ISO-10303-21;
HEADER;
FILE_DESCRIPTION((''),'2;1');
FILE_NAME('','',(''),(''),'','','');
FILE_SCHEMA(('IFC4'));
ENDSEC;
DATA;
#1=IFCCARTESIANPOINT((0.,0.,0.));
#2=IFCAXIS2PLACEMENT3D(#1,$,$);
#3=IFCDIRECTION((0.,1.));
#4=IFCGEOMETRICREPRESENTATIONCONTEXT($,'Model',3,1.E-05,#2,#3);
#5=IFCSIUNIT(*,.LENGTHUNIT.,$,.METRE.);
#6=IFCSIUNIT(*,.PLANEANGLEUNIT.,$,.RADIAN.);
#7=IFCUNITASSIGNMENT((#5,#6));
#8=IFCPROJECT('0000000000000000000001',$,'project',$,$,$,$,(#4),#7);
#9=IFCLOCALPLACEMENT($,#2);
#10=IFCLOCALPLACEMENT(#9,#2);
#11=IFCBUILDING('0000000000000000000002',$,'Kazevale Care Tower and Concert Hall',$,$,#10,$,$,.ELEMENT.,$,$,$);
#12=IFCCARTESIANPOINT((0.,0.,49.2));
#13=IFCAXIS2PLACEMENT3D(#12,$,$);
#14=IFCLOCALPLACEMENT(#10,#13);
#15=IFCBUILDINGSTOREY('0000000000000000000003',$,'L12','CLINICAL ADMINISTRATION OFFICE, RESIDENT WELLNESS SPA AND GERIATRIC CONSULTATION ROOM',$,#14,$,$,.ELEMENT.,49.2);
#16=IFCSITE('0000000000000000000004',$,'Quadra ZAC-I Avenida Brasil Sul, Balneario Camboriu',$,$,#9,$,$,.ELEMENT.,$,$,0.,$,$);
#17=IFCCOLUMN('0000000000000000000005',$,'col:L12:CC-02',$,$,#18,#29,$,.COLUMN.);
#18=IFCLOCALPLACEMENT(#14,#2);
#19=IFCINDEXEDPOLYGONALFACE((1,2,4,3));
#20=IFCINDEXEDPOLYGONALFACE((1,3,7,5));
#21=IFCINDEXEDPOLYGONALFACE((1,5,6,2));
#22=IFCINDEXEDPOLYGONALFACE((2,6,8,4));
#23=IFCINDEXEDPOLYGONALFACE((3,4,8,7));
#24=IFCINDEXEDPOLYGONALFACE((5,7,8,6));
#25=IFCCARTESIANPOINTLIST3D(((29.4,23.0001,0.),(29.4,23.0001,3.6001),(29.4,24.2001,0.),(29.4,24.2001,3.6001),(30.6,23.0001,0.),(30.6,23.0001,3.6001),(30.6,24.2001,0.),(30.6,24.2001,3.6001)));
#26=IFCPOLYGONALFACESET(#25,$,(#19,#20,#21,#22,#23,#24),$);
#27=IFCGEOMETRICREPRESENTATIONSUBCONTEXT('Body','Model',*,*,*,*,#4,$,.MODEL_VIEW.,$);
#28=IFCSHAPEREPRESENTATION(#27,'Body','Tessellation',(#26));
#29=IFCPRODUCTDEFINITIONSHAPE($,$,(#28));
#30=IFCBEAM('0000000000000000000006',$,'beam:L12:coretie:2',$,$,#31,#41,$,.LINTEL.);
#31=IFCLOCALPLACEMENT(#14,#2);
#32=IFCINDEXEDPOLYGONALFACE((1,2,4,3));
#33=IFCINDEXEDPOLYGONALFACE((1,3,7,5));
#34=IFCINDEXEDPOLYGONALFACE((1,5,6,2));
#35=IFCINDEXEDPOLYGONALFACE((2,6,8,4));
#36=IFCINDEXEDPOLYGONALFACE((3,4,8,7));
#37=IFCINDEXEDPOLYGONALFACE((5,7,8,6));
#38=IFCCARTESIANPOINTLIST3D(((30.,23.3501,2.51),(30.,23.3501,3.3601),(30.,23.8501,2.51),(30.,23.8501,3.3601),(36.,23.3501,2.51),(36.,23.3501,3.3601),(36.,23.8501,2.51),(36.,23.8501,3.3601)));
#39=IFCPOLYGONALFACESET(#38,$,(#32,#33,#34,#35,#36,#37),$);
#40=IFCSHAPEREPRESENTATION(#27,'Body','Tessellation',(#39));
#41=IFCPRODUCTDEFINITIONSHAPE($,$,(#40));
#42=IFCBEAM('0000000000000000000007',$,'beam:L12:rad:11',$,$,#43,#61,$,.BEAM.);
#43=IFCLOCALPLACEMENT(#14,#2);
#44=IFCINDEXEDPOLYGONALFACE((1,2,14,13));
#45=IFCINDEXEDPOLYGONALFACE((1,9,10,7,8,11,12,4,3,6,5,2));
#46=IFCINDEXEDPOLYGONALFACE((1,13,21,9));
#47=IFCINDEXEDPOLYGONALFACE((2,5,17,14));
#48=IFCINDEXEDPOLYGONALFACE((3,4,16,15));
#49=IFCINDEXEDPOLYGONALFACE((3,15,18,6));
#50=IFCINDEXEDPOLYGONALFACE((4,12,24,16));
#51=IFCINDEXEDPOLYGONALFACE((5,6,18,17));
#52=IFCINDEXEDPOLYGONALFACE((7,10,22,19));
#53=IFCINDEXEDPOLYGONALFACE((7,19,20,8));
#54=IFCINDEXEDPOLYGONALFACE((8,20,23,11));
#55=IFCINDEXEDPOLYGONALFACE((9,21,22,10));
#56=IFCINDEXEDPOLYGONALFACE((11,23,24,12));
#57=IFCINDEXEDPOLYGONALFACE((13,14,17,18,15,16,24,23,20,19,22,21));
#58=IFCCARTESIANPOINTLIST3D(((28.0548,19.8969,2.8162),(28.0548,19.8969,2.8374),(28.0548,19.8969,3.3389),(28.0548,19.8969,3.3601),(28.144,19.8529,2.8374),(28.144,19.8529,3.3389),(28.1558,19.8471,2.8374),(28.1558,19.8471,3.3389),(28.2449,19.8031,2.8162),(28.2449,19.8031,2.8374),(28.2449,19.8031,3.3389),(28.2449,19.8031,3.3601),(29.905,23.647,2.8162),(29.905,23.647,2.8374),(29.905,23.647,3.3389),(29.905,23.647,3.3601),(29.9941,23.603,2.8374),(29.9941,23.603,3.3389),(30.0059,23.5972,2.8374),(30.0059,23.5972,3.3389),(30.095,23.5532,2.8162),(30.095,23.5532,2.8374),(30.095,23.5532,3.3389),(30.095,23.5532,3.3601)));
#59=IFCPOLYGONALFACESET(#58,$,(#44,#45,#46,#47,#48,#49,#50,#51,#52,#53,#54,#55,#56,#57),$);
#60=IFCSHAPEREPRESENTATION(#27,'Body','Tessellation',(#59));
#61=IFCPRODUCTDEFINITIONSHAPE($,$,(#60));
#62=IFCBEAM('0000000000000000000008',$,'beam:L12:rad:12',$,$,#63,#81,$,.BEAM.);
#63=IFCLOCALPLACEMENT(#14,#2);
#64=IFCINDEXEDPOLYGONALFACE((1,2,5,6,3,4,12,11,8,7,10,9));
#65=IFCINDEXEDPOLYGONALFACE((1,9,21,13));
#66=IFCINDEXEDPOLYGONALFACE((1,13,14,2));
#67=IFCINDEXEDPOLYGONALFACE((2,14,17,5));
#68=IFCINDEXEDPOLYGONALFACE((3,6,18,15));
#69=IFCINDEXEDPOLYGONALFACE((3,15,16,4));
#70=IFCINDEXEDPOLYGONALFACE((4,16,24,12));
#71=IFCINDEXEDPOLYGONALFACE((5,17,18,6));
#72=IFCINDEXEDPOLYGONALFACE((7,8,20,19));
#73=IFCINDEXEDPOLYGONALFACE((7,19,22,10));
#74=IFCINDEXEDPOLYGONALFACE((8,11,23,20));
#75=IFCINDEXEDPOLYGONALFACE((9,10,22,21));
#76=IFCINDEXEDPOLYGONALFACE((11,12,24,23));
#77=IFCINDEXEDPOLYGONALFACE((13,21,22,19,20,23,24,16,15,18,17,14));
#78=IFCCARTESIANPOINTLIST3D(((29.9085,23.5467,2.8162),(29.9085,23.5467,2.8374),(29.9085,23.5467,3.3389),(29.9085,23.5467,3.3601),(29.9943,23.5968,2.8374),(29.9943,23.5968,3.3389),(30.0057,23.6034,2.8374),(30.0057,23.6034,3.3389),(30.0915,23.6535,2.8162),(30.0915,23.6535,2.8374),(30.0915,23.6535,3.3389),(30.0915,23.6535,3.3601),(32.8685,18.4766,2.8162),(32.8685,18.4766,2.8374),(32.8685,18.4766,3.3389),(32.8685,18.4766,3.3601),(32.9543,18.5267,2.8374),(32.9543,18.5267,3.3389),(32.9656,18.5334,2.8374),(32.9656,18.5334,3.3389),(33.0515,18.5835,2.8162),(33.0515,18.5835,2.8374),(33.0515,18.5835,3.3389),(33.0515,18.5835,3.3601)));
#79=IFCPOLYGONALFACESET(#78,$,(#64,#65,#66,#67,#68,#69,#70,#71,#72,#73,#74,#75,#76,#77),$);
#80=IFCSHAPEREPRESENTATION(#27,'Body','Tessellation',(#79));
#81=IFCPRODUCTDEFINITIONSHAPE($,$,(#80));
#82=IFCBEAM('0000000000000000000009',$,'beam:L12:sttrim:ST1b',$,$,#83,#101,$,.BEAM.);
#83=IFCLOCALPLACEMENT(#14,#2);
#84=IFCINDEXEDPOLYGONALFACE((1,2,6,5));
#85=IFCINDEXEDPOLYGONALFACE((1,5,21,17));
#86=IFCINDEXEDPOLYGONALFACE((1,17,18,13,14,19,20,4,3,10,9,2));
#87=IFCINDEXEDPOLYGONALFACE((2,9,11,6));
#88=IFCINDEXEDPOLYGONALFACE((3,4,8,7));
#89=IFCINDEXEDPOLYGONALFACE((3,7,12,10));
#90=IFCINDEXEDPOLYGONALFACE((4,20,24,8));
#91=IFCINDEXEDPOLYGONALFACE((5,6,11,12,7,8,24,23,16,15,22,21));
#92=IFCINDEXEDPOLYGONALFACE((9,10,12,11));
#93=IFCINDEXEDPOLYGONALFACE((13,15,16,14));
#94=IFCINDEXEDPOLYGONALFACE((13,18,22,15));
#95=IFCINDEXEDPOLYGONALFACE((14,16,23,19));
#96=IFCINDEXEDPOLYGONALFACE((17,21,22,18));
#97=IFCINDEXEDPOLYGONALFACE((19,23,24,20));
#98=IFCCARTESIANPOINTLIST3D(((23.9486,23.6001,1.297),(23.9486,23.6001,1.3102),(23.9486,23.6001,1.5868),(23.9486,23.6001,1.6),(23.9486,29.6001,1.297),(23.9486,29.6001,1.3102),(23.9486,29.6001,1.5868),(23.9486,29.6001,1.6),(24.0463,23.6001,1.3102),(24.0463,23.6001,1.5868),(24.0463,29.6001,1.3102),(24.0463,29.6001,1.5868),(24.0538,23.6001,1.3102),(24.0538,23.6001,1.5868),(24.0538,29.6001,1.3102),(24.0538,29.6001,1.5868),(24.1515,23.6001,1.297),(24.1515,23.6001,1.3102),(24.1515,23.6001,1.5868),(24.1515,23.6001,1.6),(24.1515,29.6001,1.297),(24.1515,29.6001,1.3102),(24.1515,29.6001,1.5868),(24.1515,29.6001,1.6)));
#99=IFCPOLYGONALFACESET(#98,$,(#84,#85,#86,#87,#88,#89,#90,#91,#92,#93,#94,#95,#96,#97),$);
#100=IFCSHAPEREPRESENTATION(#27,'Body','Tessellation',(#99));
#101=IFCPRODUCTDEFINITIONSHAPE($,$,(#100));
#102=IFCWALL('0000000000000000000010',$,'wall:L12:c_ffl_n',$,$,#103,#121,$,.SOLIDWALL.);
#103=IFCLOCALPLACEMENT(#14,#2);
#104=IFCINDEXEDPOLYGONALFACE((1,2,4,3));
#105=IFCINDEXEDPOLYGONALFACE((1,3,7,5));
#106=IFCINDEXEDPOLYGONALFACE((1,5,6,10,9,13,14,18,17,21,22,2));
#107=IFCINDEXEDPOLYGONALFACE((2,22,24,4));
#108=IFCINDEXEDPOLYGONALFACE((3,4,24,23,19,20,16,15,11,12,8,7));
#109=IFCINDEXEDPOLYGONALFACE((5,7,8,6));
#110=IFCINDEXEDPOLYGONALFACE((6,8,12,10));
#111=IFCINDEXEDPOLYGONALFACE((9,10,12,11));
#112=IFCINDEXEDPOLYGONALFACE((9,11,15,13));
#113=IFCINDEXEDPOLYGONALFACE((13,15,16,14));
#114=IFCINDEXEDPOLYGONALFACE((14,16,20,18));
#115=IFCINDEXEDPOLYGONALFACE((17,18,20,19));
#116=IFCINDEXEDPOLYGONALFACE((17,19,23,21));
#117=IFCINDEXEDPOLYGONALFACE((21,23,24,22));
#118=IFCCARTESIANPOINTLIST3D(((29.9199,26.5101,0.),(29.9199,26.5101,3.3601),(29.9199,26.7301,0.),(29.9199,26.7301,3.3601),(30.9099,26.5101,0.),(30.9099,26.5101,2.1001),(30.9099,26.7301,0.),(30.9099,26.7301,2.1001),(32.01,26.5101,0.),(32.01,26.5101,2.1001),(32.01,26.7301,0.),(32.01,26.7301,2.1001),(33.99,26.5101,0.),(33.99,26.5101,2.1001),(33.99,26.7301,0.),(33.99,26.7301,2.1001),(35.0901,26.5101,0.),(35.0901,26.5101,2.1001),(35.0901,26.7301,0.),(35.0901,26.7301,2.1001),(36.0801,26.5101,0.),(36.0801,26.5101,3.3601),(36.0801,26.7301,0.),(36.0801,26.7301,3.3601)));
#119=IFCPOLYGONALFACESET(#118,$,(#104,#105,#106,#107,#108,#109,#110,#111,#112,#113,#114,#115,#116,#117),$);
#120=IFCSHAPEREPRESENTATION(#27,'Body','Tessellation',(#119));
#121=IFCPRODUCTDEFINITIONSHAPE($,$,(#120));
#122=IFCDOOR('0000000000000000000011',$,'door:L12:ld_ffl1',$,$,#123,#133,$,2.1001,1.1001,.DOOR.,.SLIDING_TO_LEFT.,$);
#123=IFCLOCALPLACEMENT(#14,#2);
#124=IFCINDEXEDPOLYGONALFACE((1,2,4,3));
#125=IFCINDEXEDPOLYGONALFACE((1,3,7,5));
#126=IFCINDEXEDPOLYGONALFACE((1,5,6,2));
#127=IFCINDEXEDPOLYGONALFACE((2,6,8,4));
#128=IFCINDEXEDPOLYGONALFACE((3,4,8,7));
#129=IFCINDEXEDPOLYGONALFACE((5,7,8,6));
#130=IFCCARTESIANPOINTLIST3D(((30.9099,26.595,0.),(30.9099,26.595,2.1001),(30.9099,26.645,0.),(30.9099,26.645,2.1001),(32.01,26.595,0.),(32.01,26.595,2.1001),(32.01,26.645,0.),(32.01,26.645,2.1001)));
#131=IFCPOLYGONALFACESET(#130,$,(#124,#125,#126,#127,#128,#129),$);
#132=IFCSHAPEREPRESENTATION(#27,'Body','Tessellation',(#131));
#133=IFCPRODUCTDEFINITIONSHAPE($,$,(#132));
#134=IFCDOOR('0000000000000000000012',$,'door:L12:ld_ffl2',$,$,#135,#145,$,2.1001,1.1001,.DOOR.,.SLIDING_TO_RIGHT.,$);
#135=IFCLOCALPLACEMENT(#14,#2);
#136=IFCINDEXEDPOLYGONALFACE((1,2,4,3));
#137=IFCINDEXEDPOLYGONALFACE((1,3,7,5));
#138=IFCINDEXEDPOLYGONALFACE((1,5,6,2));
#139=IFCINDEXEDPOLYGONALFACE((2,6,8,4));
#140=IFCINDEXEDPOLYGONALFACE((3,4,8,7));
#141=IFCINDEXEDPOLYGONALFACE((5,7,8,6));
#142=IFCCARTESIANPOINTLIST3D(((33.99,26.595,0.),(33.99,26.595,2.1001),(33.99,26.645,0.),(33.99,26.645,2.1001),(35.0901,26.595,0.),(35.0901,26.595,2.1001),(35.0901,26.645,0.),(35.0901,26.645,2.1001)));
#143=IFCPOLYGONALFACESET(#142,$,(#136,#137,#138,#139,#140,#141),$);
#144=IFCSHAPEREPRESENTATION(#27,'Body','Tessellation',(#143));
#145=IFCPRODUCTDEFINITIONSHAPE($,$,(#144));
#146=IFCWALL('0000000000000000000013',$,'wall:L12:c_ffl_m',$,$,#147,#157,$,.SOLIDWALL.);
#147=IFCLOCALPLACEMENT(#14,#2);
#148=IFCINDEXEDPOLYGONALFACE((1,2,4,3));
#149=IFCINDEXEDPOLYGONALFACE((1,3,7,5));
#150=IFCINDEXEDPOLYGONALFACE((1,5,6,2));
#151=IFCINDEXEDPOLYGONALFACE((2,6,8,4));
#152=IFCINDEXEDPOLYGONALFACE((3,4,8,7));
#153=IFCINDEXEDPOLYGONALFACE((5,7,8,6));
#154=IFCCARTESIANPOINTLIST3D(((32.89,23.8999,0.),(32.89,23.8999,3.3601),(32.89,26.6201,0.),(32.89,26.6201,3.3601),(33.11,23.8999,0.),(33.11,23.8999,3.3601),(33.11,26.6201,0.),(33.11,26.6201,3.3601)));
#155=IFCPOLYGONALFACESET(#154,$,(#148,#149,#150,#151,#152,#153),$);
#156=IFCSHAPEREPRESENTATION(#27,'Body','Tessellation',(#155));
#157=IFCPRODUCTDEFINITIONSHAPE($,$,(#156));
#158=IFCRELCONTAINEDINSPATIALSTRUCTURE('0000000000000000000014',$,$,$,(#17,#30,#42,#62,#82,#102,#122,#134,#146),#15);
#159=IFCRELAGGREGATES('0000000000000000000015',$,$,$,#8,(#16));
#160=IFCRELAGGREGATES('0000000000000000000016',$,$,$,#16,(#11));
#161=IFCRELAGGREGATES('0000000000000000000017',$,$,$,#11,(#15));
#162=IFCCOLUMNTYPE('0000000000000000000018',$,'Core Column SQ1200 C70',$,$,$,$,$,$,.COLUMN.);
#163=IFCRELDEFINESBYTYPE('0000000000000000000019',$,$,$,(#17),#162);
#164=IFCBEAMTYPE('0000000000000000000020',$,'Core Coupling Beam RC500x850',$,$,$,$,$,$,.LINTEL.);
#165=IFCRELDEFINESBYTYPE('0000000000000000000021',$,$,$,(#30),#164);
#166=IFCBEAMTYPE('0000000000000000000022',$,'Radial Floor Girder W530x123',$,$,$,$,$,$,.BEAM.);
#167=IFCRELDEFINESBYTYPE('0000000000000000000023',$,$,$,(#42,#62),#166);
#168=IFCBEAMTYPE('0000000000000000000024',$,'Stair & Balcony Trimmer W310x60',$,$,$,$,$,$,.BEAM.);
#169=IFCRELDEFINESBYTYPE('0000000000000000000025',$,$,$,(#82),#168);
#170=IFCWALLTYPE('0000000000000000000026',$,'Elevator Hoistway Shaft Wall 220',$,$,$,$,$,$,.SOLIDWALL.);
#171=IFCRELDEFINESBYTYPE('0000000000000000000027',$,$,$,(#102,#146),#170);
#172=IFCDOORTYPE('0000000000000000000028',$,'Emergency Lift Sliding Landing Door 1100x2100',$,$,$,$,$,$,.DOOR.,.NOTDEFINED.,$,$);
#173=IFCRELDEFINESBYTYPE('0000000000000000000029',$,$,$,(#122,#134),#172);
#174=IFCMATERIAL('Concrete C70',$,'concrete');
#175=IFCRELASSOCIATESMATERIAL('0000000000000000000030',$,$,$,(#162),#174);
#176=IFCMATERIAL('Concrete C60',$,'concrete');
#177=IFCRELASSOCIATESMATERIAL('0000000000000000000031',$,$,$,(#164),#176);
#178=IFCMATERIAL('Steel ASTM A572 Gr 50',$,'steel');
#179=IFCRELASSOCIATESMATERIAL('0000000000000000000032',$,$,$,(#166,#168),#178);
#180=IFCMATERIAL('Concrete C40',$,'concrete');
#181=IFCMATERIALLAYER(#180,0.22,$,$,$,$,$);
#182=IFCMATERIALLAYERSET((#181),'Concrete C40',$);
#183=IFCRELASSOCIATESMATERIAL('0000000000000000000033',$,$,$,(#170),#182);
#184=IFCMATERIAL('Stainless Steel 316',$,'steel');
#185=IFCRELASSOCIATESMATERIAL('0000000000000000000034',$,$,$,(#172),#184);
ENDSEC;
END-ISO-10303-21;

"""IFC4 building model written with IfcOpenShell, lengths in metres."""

from ifc_helpers import new_model, si_unit, direction, frame, frame_2d, origin, origin_2d, place, context, subcontext, project, spatial, rectangle, i_section, extrude, material, layer, layer_set, material_profile, profile_set, type_object, element, fill, save


model = new_model("IFC4")

# Units and contexts
model_context = context("Model", 3, precision=1e-05, world=origin(), true_north=direction((0.0, 1.0)))
body_context = subcontext(model_context, "Body", "Model", "MODEL_VIEW")
ifc_project = project(units=[si_unit("LENGTHUNIT", "METRE"), si_unit("PLANEANGLEUNIT", "RADIAN")], contexts=[model_context])

# Site, building, storey
site_placement = place(None, origin())
site = spatial("IfcSite", under=ifc_project, at=site_placement, Name="Quadra ZAC-I Avenida Brasil Sul, Balneario Camboriu", CompositionType="ELEMENT", RefElevation=0.0)
building_placement = place(site_placement, origin())
building = spatial("IfcBuilding", under=site, at=building_placement, Name="Kazevale Care Tower and Concert Hall", CompositionType="ELEMENT")
storey_placement = place(building_placement, frame((0.0, 0.0, 49.2)))
storey = spatial("IfcBuildingStorey", under=building, at=storey_placement, Name="L12", Description="CLINICAL ADMINISTRATION OFFICE, RESIDENT WELLNESS SPA AND GERIATRIC CONSULTATION ROOM", CompositionType="ELEMENT", Elevation=49.2)

# Column
ifc_material_1 = material(Name="Concrete C70", Category="concrete")
ifc_material_profile_1 = material_profile(ifc_material_1, rectangle(XDim=1.2, YDim=1.2, at=origin_2d()), Name="RC-SQ1200")
ifc_profile_set_1 = profile_set([ifc_material_profile_1], Name="Concrete C70")
column_type = type_object("IfcColumnType", Name="Core Column SQ1200 C70", PredefinedType="COLUMN", material=ifc_profile_set_1)
column_placement = place(storey_placement, frame((30.0, 23.6001, 0.0), z_axis=(0.0, 0.0, 1.0), x_axis=(1.0, 0.0, 0.0)))
element("IfcColumn", 1, at=column_placement, inside=storey, type_object=column_type, Name="col:L12:CC-02", PredefinedType="COLUMN", context=body_context, shape_type="SweptSolid", body=[
    extrude(rectangle(XDim=1.2, YDim=1.2, at=origin_2d()), origin(), (0.0, 0.0, 1.0), 3.6001),
])

# Beams
ifc_material_2 = material(Name="Concrete C60", Category="concrete")
ifc_material_profile_2 = material_profile(ifc_material_2, rectangle(XDim=0.5, YDim=0.8501, at=origin_2d()), Name="RC-B500x850")
ifc_profile_set_2 = profile_set([ifc_material_profile_2], Name="Concrete C60")
beam_type_1 = type_object("IfcBeamType", Name="Core Coupling Beam RC500x850", PredefinedType="LINTEL", material=ifc_profile_set_2)
beam_1_placement = place(storey_placement, frame((30.0, 23.6001, 2.9351), z_axis=(1.0, 0.0, 0.0), x_axis=(0.0, 1.0, 0.0)))
element("IfcBeam", 2, at=beam_1_placement, inside=storey, type_object=beam_type_1, Name="beam:L12:coretie:2", PredefinedType="LINTEL", context=body_context, shape_type="SweptSolid", body=[
    extrude(rectangle(XDim=0.5, YDim=0.8501, at=origin_2d()), origin(), (0.0, 0.0, 1.0), 6.0),
])
ifc_material_3 = material(Name="Steel ASTM A572 Gr 50", Category="steel")
ifc_material_profile_3 = material_profile(ifc_material_3, i_section(OverallWidth=0.2119, OverallDepth=0.5439, WebThickness=0.0132, FlangeThickness=0.0212, at=origin_2d()), Name="W530x123")
ifc_profile_set_3 = profile_set([ifc_material_profile_3], Name="Steel ASTM A572 Gr 50")
beam_type_2 = type_object("IfcBeamType", Name="Radial Floor Girder W530x123", PredefinedType="BEAM", material=ifc_profile_set_3)
beam_2_placement = place(storey_placement, frame((30.0, 23.6001, 3.0881), z_axis=(-0.442443, -0.896797, 0.0), x_axis=(0.896797, -0.442443, 0.0)))
element("IfcBeam", 3, at=beam_2_placement, inside=storey, type_object=beam_type_2, Name="beam:L12:rad:11", PredefinedType="BEAM", context=body_context, shape_type="SweptSolid", body=[
    extrude(i_section(OverallWidth=0.2119, OverallDepth=0.5439, WebThickness=0.0132, FlangeThickness=0.0212, at=origin_2d()), origin(), (0.0, 0.0, 1.0), 4.1816),
])
beam_3_placement = place(storey_placement, frame((30.0, 23.6001, 3.0881), z_axis=(0.504179, -0.863599, 0.0), x_axis=(0.863599, 0.504179, 0.0)))
element("IfcBeam", 4, at=beam_3_placement, inside=storey, type_object=beam_type_2, Name="beam:L12:rad:12", PredefinedType="BEAM", context=body_context, shape_type="SweptSolid", body=[
    extrude(i_section(OverallWidth=0.2119, OverallDepth=0.5439, WebThickness=0.0132, FlangeThickness=0.0212, at=origin_2d()), origin(), (0.0, 0.0, 1.0), 5.8708),
])
ifc_material_profile_4 = material_profile(ifc_material_3, i_section(OverallWidth=0.2029, OverallDepth=0.303, WebThickness=0.0076, FlangeThickness=0.0132, at=origin_2d()), Name="W310x60")
ifc_profile_set_4 = profile_set([ifc_material_profile_4], Name="Steel ASTM A572 Gr 50")
beam_type_3 = type_object("IfcBeamType", Name="Stair & Balcony Trimmer W310x60", PredefinedType="BEAM", material=ifc_profile_set_4)
beam_4_placement = place(storey_placement, frame((24.05, 23.6001, 1.4485), z_axis=(0.0, 1.0, 0.0), x_axis=(-1.0, 0.0, 0.0)))
element("IfcBeam", 5, at=beam_4_placement, inside=storey, type_object=beam_type_3, Name="beam:L12:sttrim:ST1b", PredefinedType="BEAM", context=body_context, shape_type="SweptSolid", body=[
    extrude(i_section(OverallWidth=0.2029, OverallDepth=0.303, WebThickness=0.0076, FlangeThickness=0.0132, at=origin_2d()), origin(), (0.0, 0.0, 1.0), 6.0),
])

# Wall, openings, doors
ifc_material_4 = material(Name="Concrete C40", Category="concrete")
ifc_layer_1 = layer(ifc_material_4, 0.22)
ifc_layer_set_1 = layer_set([ifc_layer_1], Name="Concrete C40")
wall_type_1 = type_object("IfcWallType", Name="Elevator Hoistway Shaft Wall 220", PredefinedType="SOLIDWALL", material=ifc_layer_set_1)
wall_1_placement = place(storey_placement, frame((29.9199, 26.6201, 0.0), z_axis=(0.0, 0.0, 1.0), x_axis=(1.0, 0.0, 0.0)))
wall_1 = element("IfcWall", 6, at=wall_1_placement, inside=storey, type_object=wall_type_1, Name="wall:L12:c_ffl_n", PredefinedType="SOLIDWALL", context=body_context, shape_type="SweptSolid", body=[
    extrude(rectangle(XDim=6.1602, YDim=0.22, at=frame_2d((3.0801, 0.0))), origin(), (0.0, 0.0, 1.0), 3.3601),
])
opening_1_placement = place(wall_1_placement, frame((0.99, 0.0, 0.0)))
opening_1 = element("IfcOpeningElement", 7, at=opening_1_placement, cuts=wall_1, PredefinedType="OPENING", context=body_context, shape_type="SweptSolid", body=[
    extrude(rectangle(XDim=1.1001, YDim=2.1001, at=frame_2d((0.55, 1.05))), frame((0.0, 0.1199, 0.0), z_axis=(0.0, -1.0, 0.0), x_axis=(1.0, 0.0, 0.0)), (0.0, 0.0, 1.0), 0.24),
])
opening_2_placement = place(wall_1_placement, frame((4.0701, 0.0, 0.0)))
opening_2 = element("IfcOpeningElement", 8, at=opening_2_placement, cuts=wall_1, PredefinedType="OPENING", context=body_context, shape_type="SweptSolid", body=[
    extrude(rectangle(XDim=1.1001, YDim=2.1001, at=frame_2d((0.55, 1.05))), frame((0.0, 0.1199, 0.0), z_axis=(0.0, -1.0, 0.0), x_axis=(1.0, 0.0, 0.0)), (0.0, 0.0, 1.0), 0.24),
])
ifc_material_5 = material(Name="Stainless Steel 316", Category="steel")
door_type_1 = type_object("IfcDoorType", Name="Emergency Lift Sliding Landing Door 1100x2100", OperationType="NOTDEFINED", PredefinedType="DOOR", material=ifc_material_5)
door_1_placement = place(opening_1_placement, origin())
door_1 = element("IfcDoor", 9, at=door_1_placement, inside=storey, type_object=door_type_1, Name="door:L12:ld_ffl1", OperationType="SLIDING_TO_LEFT", OverallHeight=2.1001, OverallWidth=1.1001, PredefinedType="DOOR", context=body_context, shape_type="SweptSolid", body=[
    extrude(rectangle(XDim=1.1001, YDim=2.1001, at=frame_2d((0.55, 1.05))), frame((0.0, 0.0249, 0.0), z_axis=(0.0, -1.0, 0.0), x_axis=(1.0, 0.0, 0.0)), (0.0, 0.0, 1.0), 0.05),
])
fill(opening_1, door_1)
door_2_placement = place(opening_2_placement, origin())
door_2 = element("IfcDoor", 10, at=door_2_placement, inside=storey, type_object=door_type_1, Name="door:L12:ld_ffl2", OperationType="SLIDING_TO_RIGHT", OverallHeight=2.1001, OverallWidth=1.1001, PredefinedType="DOOR", context=body_context, shape_type="SweptSolid", body=[
    extrude(rectangle(XDim=1.1001, YDim=2.1001, at=frame_2d((0.55, 1.05))), frame((0.0, 0.0249, 0.0), z_axis=(0.0, -1.0, 0.0), x_axis=(1.0, 0.0, 0.0)), (0.0, 0.0, 1.0), 0.05),
])
fill(opening_2, door_2)

# Wall
wall_2_placement = place(storey_placement, frame((33.0, 23.8999, 0.0), z_axis=(0.0, 0.0, 1.0), x_axis=(0.0, 1.0, 0.0)))
element("IfcWall", 11, at=wall_2_placement, inside=storey, type_object=wall_type_1, Name="wall:L12:c_ffl_m", PredefinedType="SOLIDWALL", context=body_context, shape_type="SweptSolid", body=[
    extrude(rectangle(XDim=2.7202, YDim=0.22, at=frame_2d((1.3601, 0.0))), origin(), (0.0, 0.0, 1.0), 3.3601),
])

save(model, "model.ifc")
